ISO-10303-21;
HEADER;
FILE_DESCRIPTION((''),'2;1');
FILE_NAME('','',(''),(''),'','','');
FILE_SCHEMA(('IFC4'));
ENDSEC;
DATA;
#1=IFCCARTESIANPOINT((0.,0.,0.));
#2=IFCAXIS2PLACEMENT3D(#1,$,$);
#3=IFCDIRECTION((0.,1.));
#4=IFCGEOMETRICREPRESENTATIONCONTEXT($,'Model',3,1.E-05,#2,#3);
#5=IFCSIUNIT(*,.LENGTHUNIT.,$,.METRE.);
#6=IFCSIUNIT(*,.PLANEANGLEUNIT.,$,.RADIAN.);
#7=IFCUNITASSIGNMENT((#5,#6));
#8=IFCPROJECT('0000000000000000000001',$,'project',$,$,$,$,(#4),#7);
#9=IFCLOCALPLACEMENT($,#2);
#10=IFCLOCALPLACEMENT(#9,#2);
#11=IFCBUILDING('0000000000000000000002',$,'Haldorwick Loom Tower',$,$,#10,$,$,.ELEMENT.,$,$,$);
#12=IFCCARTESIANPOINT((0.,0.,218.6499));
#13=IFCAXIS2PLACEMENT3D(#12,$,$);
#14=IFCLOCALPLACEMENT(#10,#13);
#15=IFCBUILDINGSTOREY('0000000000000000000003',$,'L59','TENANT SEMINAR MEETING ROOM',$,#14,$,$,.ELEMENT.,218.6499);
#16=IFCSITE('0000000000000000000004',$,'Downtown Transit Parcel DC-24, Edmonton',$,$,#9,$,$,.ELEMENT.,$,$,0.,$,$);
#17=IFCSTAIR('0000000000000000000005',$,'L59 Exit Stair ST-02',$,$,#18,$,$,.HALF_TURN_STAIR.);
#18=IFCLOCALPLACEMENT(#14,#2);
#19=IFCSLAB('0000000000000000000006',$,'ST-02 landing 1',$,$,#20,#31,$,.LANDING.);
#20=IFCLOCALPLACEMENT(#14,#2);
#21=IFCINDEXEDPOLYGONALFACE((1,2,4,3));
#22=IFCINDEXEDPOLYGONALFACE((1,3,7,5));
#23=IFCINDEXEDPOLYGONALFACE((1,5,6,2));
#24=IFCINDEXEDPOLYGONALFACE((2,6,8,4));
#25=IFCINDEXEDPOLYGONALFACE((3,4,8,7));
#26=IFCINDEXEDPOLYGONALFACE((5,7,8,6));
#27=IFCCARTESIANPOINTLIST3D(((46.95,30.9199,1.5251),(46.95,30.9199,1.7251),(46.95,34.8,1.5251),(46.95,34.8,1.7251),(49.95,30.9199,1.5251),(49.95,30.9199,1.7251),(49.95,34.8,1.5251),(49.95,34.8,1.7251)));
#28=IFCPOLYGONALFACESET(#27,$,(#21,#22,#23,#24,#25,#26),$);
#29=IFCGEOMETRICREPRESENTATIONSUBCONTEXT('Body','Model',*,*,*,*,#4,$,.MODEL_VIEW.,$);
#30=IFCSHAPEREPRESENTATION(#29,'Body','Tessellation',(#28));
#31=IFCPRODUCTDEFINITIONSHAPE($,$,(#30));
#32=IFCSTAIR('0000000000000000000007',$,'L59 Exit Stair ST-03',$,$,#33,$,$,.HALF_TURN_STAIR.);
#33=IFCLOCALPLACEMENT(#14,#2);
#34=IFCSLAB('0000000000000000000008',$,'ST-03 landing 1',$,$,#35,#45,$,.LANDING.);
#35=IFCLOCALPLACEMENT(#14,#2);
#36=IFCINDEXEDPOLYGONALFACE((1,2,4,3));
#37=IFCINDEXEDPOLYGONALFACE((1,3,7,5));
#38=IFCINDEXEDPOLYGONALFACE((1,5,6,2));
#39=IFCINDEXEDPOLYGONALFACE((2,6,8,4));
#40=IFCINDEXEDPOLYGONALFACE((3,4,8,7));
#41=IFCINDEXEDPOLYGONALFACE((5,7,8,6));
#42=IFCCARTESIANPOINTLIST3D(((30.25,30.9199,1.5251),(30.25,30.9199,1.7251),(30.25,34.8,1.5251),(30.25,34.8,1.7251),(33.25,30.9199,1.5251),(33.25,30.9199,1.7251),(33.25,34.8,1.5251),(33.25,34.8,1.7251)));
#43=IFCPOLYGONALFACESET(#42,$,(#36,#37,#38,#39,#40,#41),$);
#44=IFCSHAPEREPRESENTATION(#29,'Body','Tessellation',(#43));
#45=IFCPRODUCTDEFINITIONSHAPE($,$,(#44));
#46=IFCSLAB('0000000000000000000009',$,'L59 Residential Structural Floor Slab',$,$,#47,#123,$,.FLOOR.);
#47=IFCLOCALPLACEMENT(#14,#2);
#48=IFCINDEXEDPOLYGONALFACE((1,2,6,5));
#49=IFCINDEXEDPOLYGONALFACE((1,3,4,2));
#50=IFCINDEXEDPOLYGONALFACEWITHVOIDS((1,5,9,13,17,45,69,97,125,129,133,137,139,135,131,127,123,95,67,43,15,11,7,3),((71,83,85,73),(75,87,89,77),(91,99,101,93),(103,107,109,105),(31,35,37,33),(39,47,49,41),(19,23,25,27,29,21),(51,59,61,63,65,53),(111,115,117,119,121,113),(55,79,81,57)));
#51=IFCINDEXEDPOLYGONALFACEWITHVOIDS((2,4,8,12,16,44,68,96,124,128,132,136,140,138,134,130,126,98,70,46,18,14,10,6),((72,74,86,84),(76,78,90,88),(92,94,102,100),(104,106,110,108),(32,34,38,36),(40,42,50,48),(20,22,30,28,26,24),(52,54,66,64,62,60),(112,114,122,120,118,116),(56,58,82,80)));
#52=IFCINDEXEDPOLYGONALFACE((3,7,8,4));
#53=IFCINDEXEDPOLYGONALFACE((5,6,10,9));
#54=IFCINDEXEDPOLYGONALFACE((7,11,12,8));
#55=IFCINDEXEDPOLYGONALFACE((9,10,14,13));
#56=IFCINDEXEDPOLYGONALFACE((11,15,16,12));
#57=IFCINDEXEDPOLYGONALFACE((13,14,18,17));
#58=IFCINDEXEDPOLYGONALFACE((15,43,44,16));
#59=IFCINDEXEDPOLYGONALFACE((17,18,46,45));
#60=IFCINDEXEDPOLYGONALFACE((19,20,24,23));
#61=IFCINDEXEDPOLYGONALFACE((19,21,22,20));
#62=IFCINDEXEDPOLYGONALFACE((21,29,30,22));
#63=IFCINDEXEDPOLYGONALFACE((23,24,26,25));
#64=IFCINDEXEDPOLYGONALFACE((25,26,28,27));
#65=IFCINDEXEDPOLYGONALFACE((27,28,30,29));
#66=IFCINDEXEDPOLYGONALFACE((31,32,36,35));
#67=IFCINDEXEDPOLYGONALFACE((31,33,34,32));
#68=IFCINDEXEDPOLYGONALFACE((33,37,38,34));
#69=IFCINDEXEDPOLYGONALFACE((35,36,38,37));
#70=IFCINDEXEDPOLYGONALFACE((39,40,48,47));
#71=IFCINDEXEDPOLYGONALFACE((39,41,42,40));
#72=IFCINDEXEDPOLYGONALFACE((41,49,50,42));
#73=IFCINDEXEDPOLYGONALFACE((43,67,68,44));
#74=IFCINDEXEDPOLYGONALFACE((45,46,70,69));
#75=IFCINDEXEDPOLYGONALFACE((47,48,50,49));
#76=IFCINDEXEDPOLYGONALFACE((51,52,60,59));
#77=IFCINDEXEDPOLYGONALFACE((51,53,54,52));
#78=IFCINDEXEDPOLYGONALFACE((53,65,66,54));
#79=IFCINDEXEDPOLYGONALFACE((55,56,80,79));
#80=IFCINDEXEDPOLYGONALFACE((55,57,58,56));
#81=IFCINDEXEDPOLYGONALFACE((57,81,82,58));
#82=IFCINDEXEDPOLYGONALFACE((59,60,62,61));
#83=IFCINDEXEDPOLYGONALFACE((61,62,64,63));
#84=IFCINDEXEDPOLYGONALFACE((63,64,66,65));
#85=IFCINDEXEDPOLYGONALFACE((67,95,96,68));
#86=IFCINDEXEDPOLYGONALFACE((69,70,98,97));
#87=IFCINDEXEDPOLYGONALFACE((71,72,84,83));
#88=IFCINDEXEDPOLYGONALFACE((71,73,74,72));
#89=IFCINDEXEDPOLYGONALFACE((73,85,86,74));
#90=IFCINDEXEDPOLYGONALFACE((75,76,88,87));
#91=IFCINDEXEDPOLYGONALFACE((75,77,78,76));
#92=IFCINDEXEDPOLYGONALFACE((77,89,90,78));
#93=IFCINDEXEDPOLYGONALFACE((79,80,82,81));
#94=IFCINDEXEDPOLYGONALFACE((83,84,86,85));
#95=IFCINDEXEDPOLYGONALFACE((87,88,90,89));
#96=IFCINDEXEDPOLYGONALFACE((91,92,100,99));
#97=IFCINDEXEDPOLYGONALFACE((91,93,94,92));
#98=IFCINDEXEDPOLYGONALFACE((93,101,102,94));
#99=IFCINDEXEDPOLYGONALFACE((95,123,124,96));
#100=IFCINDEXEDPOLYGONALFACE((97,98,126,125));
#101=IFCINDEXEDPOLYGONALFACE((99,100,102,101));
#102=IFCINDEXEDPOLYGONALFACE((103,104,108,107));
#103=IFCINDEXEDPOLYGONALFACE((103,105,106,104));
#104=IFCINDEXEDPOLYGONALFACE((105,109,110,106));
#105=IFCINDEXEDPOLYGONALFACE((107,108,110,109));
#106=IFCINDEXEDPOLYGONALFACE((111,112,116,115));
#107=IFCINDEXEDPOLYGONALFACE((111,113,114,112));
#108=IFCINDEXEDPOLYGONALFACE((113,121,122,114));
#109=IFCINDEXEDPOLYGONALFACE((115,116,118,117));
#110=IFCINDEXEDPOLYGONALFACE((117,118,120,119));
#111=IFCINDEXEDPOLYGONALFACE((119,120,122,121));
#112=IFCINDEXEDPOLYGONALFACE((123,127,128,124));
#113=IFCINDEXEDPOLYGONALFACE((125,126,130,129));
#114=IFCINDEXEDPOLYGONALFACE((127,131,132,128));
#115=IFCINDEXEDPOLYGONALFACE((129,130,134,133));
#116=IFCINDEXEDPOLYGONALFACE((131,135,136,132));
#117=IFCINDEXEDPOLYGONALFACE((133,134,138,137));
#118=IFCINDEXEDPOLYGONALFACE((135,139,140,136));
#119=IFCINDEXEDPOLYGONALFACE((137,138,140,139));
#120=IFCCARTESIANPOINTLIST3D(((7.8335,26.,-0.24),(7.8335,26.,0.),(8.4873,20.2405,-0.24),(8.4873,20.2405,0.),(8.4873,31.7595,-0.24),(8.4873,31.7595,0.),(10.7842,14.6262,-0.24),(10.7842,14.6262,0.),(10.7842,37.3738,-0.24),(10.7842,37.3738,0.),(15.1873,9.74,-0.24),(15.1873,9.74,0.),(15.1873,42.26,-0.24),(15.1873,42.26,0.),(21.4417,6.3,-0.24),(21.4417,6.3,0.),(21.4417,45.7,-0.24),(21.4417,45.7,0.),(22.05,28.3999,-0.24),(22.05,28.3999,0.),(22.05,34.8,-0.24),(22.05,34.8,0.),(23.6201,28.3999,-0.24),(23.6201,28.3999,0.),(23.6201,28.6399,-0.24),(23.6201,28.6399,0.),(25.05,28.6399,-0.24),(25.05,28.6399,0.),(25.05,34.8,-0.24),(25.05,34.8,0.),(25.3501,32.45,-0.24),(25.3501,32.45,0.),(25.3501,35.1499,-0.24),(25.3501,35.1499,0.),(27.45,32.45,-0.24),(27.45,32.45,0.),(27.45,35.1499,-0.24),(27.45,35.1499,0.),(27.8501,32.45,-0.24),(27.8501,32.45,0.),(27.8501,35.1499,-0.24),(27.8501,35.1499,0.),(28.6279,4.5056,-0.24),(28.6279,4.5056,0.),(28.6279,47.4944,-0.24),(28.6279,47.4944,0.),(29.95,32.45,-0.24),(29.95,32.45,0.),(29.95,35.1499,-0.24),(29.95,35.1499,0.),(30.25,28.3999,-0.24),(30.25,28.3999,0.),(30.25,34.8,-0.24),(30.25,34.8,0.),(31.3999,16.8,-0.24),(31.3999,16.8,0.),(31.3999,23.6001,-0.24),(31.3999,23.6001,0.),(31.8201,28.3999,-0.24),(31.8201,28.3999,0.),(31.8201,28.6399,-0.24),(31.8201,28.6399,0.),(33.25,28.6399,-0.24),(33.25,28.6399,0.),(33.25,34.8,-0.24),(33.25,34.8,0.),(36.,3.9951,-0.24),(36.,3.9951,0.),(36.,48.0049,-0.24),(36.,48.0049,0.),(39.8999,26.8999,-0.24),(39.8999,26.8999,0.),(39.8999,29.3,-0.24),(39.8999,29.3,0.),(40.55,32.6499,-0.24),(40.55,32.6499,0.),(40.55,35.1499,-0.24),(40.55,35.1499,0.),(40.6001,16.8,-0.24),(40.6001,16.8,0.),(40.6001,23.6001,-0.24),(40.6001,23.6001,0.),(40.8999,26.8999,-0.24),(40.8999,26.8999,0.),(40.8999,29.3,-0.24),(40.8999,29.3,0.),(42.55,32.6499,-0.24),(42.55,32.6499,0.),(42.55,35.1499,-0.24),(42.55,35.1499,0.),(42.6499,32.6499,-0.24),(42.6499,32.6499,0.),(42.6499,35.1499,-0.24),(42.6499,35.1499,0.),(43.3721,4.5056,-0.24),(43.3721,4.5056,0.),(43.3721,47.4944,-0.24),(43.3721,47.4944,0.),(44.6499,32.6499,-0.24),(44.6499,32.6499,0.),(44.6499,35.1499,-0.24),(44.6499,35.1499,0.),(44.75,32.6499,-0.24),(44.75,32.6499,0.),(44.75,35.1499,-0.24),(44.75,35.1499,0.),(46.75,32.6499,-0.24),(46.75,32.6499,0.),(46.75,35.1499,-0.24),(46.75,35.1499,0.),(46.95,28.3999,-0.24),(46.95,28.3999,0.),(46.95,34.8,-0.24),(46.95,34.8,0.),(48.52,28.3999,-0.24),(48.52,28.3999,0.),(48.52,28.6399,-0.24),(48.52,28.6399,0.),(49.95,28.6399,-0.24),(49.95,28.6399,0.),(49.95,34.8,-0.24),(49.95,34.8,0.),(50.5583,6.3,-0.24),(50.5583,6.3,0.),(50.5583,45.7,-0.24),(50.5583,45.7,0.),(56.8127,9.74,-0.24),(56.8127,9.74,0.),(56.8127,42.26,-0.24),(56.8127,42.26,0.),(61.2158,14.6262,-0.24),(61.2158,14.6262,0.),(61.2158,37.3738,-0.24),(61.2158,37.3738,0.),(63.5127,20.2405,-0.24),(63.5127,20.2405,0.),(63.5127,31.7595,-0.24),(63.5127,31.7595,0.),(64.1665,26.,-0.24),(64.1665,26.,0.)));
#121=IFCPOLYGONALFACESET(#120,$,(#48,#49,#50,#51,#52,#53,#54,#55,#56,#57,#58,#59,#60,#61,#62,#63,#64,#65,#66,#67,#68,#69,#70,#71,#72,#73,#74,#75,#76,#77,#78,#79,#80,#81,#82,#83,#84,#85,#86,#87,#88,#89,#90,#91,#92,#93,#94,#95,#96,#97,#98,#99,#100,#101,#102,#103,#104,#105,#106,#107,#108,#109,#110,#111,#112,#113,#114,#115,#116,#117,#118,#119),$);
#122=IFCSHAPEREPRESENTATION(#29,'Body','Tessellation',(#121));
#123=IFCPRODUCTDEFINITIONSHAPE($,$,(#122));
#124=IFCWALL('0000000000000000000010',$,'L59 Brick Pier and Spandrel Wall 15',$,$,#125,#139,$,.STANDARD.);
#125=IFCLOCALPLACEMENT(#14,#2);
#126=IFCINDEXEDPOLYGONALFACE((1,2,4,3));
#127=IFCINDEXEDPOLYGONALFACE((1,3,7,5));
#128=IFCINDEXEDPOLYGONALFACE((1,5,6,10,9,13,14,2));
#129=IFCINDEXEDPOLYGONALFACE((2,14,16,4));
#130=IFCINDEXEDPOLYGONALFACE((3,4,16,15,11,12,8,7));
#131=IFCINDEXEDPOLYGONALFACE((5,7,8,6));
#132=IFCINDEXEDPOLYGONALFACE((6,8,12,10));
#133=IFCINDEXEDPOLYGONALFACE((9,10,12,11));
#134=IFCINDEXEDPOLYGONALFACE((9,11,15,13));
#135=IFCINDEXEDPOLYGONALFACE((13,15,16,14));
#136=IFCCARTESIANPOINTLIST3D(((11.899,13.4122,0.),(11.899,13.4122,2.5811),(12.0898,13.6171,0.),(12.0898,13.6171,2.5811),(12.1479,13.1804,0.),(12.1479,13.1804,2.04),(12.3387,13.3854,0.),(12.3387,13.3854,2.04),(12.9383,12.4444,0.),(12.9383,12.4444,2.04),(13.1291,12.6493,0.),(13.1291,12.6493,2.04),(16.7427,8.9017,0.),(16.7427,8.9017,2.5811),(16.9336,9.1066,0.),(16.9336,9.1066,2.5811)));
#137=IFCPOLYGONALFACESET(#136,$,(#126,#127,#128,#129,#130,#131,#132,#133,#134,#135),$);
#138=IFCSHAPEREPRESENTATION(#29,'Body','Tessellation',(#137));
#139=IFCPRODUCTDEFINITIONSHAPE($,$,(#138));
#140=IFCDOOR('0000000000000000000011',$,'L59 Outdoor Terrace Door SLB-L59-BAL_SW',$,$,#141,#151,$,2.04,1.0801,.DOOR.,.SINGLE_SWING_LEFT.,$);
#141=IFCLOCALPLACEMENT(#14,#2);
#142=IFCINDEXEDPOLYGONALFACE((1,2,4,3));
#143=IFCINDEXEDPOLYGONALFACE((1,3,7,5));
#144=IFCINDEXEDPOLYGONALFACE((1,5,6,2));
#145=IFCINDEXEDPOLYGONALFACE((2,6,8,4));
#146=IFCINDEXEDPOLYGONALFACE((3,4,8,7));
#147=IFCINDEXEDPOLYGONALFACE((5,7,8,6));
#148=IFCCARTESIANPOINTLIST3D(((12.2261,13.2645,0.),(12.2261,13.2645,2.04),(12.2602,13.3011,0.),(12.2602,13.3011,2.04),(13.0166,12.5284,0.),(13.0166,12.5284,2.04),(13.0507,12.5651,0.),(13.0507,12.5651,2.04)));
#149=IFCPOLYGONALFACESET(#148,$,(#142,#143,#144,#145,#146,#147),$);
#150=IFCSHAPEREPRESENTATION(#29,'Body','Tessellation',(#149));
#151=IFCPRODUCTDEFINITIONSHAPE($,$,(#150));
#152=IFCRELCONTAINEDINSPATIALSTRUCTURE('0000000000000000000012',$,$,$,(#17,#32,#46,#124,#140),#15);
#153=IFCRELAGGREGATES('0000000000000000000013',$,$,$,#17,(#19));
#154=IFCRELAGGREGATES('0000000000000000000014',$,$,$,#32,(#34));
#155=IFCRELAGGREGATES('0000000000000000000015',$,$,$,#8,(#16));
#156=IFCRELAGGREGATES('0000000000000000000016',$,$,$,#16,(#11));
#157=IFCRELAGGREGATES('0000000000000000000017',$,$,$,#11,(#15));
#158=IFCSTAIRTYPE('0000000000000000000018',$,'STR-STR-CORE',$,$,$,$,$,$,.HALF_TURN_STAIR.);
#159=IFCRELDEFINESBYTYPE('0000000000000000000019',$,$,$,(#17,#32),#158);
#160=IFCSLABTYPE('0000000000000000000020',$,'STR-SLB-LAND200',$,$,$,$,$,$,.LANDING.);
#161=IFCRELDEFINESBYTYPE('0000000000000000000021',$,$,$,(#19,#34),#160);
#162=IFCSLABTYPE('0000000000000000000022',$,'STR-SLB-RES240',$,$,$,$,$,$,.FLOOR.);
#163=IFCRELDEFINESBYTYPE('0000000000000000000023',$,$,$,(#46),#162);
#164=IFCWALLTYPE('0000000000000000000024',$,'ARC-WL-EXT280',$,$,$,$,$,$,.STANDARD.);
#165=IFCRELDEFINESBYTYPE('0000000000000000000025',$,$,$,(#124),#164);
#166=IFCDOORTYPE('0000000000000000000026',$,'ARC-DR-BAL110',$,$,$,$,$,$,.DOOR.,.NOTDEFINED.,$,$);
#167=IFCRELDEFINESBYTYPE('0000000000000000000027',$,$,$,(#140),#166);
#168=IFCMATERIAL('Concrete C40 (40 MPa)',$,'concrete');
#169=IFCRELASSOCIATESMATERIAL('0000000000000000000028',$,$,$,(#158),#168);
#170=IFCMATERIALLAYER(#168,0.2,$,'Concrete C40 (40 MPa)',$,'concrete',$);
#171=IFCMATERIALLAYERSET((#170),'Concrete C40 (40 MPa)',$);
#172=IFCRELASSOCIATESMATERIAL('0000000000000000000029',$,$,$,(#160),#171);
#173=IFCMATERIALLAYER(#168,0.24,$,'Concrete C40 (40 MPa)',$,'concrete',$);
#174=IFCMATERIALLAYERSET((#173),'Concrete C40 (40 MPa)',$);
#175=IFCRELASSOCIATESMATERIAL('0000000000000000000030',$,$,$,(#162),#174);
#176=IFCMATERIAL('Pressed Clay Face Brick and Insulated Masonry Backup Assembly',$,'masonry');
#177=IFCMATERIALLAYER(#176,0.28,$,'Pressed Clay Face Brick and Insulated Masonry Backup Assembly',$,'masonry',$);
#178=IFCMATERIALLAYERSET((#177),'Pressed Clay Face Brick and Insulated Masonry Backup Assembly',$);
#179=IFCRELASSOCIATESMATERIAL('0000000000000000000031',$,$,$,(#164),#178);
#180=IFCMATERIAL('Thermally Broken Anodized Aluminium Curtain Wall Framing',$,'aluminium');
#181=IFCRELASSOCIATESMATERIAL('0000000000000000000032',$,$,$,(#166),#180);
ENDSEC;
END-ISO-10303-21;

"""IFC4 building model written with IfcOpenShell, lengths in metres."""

from ifc_helpers import new_model, si_unit, direction, frame, frame_2d, origin, place, context, subcontext, project, spatial, polyline, rectangle, outline, extrude, material, layer, layer_set, type_object, element, fill, aggregate, save


model = new_model("IFC4")

# Units and contexts
model_context = context("Model", 3, precision=1e-05, world=origin(), true_north=direction((0.0, 1.0)))
body_context = subcontext(model_context, "Body", "Model", "MODEL_VIEW")
ifc_project = project(units=[si_unit("LENGTHUNIT", "METRE"), si_unit("PLANEANGLEUNIT", "RADIAN")], contexts=[model_context])

# Site, building, storey
site_placement = place(None, origin())
site = spatial("IfcSite", under=ifc_project, at=site_placement, Name="Downtown Transit Parcel DC-24, Edmonton", CompositionType="ELEMENT", RefElevation=0.0)
building_placement = place(site_placement, origin())
building = spatial("IfcBuilding", under=site, at=building_placement, Name="Haldorwick Loom Tower", CompositionType="ELEMENT")
storey_placement = place(building_placement, frame((0.0, 0.0, 218.6499)))
storey = spatial("IfcBuildingStorey", under=building, at=storey_placement, Name="L59", Description="TENANT SEMINAR MEETING ROOM", CompositionType="ELEMENT", Elevation=218.6499)

# Shared definitions
ifc_material_1 = material(Name="Concrete C40 (40 MPa)", Category="concrete")

# Stairs, slabs
stair_type = type_object("IfcStairType", Name="STR-STR-CORE", PredefinedType="HALF_TURN_STAIR", material=ifc_material_1)
ifc_layer_1 = layer(ifc_material_1, 0.2, Name="Concrete C40 (40 MPa)", Category="concrete")
ifc_layer_set_1 = layer_set([ifc_layer_1], Name="Concrete C40 (40 MPa)")
slab_type_1 = type_object("IfcSlabType", Name="STR-SLB-LAND200", PredefinedType="LANDING", material=ifc_layer_set_1)
stair_1_placement = place(storey_placement, origin())
stair_1 = element("IfcStair", 1, at=stair_1_placement, inside=storey, type_object=stair_type, Name="L59 Exit Stair ST-02", PredefinedType="HALF_TURN_STAIR")
slab_1_placement = place(storey_placement, frame((0.0, 0.0, 1.5251)))
slab_1 = element("IfcSlab", 2, at=slab_1_placement, type_object=slab_type_1, Name="ST-02 landing 1", PredefinedType="LANDING", context=body_context, shape_type="SweptSolid", body=[
    extrude(outline(polyline([(49.95, 30.9199), (49.95, 34.8), (46.95, 34.8), (46.95, 30.9199), (49.95, 30.9199)])), origin(), (0.0, 0.0, 1.0), 0.2),
])
aggregate(stair_1, [slab_1])
stair_2_placement = place(storey_placement, origin())
stair_2 = element("IfcStair", 3, at=stair_2_placement, inside=storey, type_object=stair_type, Name="L59 Exit Stair ST-03", PredefinedType="HALF_TURN_STAIR")
slab_2_placement = place(storey_placement, frame((0.0, 0.0, 1.5251)))
slab_2 = element("IfcSlab", 4, at=slab_2_placement, type_object=slab_type_1, Name="ST-03 landing 1", PredefinedType="LANDING", context=body_context, shape_type="SweptSolid", body=[
    extrude(outline(polyline([(33.25, 30.9199), (33.25, 34.8), (30.25, 34.8), (30.25, 30.9199), (33.25, 30.9199)])), origin(), (0.0, 0.0, 1.0), 0.2),
])
aggregate(stair_2, [slab_2])

# Slab
ifc_layer_2 = layer(ifc_material_1, 0.24, Name="Concrete C40 (40 MPa)", Category="concrete")
ifc_layer_set_2 = layer_set([ifc_layer_2], Name="Concrete C40 (40 MPa)")
slab_type_2 = type_object("IfcSlabType", Name="STR-SLB-RES240", PredefinedType="FLOOR", material=ifc_layer_set_2)
slab_3_placement = place(storey_placement, frame((0.0, 0.0, -0.24)))
element("IfcSlab", 5, at=slab_3_placement, inside=storey, type_object=slab_type_2, Name="L59 Residential Structural Floor Slab", PredefinedType="FLOOR", context=body_context, shape_type="SweptSolid", body=[
    extrude(outline(polyline([(56.8127, 9.74), (61.2158, 14.6262), (63.5127, 20.2405), (64.1665, 26.0), (63.5127, 31.7595), (61.2158, 37.3738), (56.8127, 42.26), (50.5583, 45.7), (43.3721, 47.4944), (36.0, 48.0049), (28.6279, 47.4944), (21.4417, 45.7), (15.1873, 42.26), (10.7842, 37.3738), (8.4873, 31.7595), (7.8335, 26.0), (8.4873, 20.2405), (10.7842, 14.6262), (15.1873, 9.74), (21.4417, 6.3), (28.6279, 4.5056), (36.0, 3.9951), (43.3721, 4.5056), (50.5583, 6.3), (56.8127, 9.74)]), holes=[polyline([(31.3999, 16.8), (31.3999, 23.6001), (40.6001, 23.6001), (40.6001, 16.8), (31.3999, 16.8)]), polyline([(40.8999, 26.8999), (39.8999, 26.8999), (39.8999, 29.3), (40.8999, 29.3), (40.8999, 26.8999)]), polyline([(23.6201, 28.3999), (22.05, 28.3999), (22.05, 34.8), (25.05, 34.8), (25.05, 28.6399), (23.6201, 28.6399), (23.6201, 28.3999)]), polyline([(30.25, 28.3999), (30.25, 34.8), (33.25, 34.8), (33.25, 28.6399), (31.8201, 28.6399), (31.8201, 28.3999), (30.25, 28.3999)]), polyline([(46.95, 28.3999), (46.95, 34.8), (49.95, 34.8), (49.95, 28.6399), (48.52, 28.6399), (48.52, 28.3999), (46.95, 28.3999)]), polyline([(27.45, 32.45), (25.3501, 32.45), (25.3501, 35.1499), (27.45, 35.1499), (27.45, 32.45)]), polyline([(29.95, 32.45), (27.8501, 32.45), (27.8501, 35.1499), (29.95, 35.1499), (29.95, 32.45)]), polyline([(42.55, 32.6499), (40.55, 32.6499), (40.55, 35.1499), (42.55, 35.1499), (42.55, 32.6499)]), polyline([(42.6499, 32.6499), (42.6499, 35.1499), (44.6499, 35.1499), (44.6499, 32.6499), (42.6499, 32.6499)]), polyline([(44.75, 32.6499), (44.75, 35.1499), (46.75, 35.1499), (46.75, 32.6499), (44.75, 32.6499)])]), origin(), (0.0, 0.0, 1.0), 0.24),
])

# Wall, opening, door
ifc_material_2 = material(Name="Pressed Clay Face Brick and Insulated Masonry Backup Assembly", Category="masonry")
ifc_layer_3 = layer(ifc_material_2, 0.28, Name="Pressed Clay Face Brick and Insulated Masonry Backup Assembly", Category="masonry")
ifc_layer_set_3 = layer_set([ifc_layer_3], Name="Pressed Clay Face Brick and Insulated Masonry Backup Assembly")
wall_type = type_object("IfcWallType", Name="ARC-WL-EXT280", PredefinedType="STANDARD", material=ifc_layer_set_3)
wall_1_placement = place(storey_placement, frame((11.9944, 13.5146, 0.0), z_axis=(0.0, 0.0, 1.0), x_axis=(0.731834, -0.681483, 0.0)))
wall_1 = element("IfcWall", 6, at=wall_1_placement, inside=storey, type_object=wall_type, Name="L59 Brick Pier and Spandrel Wall 15", PredefinedType="STANDARD", context=body_context, shape_type="SweptSolid", body=[
    extrude(rectangle(XDim=6.6187, YDim=0.28, at=frame_2d((3.3093, 0.0))), origin(), (0.0, 0.0, 1.0), 2.5811),
])
opening_1_placement = place(wall_1_placement, frame((0.3401, 0.0, 0.0)))
opening_1 = element("IfcOpeningElement", 7, at=opening_1_placement, cuts=wall_1, PredefinedType="OPENING", context=body_context, shape_type="SweptSolid", body=[
    extrude(rectangle(XDim=1.0801, YDim=2.04, at=frame_2d((0.54, 1.02))), frame((0.0, 0.1499, 0.0), z_axis=(0.0, -1.0, 0.0), x_axis=(1.0, 0.0, 0.0)), (0.0, 0.0, 1.0), 0.3),
])
ifc_material_3 = material(Name="Thermally Broken Anodized Aluminium Curtain Wall Framing", Category="aluminium")
door_type = type_object("IfcDoorType", Name="ARC-DR-BAL110", OperationType="NOTDEFINED", PredefinedType="DOOR", material=ifc_material_3)
door_placement = place(opening_1_placement, origin())
door = element("IfcDoor", 8, at=door_placement, inside=storey, type_object=door_type, Name="L59 Outdoor Terrace Door SLB-L59-BAL_SW", OperationType="SINGLE_SWING_LEFT", OverallHeight=2.04, OverallWidth=1.0801, PredefinedType="DOOR", context=body_context, shape_type="SweptSolid", body=[
    extrude(rectangle(XDim=1.0801, YDim=2.04, at=frame_2d((0.54, 1.02))), frame((0.0, 0.0249, 0.0), z_axis=(0.0, -1.0, 0.0), x_axis=(1.0, 0.0, 0.0)), (0.0, 0.0, 1.0), 0.05),
])
fill(opening_1, door)

save(model, "model.ifc")
